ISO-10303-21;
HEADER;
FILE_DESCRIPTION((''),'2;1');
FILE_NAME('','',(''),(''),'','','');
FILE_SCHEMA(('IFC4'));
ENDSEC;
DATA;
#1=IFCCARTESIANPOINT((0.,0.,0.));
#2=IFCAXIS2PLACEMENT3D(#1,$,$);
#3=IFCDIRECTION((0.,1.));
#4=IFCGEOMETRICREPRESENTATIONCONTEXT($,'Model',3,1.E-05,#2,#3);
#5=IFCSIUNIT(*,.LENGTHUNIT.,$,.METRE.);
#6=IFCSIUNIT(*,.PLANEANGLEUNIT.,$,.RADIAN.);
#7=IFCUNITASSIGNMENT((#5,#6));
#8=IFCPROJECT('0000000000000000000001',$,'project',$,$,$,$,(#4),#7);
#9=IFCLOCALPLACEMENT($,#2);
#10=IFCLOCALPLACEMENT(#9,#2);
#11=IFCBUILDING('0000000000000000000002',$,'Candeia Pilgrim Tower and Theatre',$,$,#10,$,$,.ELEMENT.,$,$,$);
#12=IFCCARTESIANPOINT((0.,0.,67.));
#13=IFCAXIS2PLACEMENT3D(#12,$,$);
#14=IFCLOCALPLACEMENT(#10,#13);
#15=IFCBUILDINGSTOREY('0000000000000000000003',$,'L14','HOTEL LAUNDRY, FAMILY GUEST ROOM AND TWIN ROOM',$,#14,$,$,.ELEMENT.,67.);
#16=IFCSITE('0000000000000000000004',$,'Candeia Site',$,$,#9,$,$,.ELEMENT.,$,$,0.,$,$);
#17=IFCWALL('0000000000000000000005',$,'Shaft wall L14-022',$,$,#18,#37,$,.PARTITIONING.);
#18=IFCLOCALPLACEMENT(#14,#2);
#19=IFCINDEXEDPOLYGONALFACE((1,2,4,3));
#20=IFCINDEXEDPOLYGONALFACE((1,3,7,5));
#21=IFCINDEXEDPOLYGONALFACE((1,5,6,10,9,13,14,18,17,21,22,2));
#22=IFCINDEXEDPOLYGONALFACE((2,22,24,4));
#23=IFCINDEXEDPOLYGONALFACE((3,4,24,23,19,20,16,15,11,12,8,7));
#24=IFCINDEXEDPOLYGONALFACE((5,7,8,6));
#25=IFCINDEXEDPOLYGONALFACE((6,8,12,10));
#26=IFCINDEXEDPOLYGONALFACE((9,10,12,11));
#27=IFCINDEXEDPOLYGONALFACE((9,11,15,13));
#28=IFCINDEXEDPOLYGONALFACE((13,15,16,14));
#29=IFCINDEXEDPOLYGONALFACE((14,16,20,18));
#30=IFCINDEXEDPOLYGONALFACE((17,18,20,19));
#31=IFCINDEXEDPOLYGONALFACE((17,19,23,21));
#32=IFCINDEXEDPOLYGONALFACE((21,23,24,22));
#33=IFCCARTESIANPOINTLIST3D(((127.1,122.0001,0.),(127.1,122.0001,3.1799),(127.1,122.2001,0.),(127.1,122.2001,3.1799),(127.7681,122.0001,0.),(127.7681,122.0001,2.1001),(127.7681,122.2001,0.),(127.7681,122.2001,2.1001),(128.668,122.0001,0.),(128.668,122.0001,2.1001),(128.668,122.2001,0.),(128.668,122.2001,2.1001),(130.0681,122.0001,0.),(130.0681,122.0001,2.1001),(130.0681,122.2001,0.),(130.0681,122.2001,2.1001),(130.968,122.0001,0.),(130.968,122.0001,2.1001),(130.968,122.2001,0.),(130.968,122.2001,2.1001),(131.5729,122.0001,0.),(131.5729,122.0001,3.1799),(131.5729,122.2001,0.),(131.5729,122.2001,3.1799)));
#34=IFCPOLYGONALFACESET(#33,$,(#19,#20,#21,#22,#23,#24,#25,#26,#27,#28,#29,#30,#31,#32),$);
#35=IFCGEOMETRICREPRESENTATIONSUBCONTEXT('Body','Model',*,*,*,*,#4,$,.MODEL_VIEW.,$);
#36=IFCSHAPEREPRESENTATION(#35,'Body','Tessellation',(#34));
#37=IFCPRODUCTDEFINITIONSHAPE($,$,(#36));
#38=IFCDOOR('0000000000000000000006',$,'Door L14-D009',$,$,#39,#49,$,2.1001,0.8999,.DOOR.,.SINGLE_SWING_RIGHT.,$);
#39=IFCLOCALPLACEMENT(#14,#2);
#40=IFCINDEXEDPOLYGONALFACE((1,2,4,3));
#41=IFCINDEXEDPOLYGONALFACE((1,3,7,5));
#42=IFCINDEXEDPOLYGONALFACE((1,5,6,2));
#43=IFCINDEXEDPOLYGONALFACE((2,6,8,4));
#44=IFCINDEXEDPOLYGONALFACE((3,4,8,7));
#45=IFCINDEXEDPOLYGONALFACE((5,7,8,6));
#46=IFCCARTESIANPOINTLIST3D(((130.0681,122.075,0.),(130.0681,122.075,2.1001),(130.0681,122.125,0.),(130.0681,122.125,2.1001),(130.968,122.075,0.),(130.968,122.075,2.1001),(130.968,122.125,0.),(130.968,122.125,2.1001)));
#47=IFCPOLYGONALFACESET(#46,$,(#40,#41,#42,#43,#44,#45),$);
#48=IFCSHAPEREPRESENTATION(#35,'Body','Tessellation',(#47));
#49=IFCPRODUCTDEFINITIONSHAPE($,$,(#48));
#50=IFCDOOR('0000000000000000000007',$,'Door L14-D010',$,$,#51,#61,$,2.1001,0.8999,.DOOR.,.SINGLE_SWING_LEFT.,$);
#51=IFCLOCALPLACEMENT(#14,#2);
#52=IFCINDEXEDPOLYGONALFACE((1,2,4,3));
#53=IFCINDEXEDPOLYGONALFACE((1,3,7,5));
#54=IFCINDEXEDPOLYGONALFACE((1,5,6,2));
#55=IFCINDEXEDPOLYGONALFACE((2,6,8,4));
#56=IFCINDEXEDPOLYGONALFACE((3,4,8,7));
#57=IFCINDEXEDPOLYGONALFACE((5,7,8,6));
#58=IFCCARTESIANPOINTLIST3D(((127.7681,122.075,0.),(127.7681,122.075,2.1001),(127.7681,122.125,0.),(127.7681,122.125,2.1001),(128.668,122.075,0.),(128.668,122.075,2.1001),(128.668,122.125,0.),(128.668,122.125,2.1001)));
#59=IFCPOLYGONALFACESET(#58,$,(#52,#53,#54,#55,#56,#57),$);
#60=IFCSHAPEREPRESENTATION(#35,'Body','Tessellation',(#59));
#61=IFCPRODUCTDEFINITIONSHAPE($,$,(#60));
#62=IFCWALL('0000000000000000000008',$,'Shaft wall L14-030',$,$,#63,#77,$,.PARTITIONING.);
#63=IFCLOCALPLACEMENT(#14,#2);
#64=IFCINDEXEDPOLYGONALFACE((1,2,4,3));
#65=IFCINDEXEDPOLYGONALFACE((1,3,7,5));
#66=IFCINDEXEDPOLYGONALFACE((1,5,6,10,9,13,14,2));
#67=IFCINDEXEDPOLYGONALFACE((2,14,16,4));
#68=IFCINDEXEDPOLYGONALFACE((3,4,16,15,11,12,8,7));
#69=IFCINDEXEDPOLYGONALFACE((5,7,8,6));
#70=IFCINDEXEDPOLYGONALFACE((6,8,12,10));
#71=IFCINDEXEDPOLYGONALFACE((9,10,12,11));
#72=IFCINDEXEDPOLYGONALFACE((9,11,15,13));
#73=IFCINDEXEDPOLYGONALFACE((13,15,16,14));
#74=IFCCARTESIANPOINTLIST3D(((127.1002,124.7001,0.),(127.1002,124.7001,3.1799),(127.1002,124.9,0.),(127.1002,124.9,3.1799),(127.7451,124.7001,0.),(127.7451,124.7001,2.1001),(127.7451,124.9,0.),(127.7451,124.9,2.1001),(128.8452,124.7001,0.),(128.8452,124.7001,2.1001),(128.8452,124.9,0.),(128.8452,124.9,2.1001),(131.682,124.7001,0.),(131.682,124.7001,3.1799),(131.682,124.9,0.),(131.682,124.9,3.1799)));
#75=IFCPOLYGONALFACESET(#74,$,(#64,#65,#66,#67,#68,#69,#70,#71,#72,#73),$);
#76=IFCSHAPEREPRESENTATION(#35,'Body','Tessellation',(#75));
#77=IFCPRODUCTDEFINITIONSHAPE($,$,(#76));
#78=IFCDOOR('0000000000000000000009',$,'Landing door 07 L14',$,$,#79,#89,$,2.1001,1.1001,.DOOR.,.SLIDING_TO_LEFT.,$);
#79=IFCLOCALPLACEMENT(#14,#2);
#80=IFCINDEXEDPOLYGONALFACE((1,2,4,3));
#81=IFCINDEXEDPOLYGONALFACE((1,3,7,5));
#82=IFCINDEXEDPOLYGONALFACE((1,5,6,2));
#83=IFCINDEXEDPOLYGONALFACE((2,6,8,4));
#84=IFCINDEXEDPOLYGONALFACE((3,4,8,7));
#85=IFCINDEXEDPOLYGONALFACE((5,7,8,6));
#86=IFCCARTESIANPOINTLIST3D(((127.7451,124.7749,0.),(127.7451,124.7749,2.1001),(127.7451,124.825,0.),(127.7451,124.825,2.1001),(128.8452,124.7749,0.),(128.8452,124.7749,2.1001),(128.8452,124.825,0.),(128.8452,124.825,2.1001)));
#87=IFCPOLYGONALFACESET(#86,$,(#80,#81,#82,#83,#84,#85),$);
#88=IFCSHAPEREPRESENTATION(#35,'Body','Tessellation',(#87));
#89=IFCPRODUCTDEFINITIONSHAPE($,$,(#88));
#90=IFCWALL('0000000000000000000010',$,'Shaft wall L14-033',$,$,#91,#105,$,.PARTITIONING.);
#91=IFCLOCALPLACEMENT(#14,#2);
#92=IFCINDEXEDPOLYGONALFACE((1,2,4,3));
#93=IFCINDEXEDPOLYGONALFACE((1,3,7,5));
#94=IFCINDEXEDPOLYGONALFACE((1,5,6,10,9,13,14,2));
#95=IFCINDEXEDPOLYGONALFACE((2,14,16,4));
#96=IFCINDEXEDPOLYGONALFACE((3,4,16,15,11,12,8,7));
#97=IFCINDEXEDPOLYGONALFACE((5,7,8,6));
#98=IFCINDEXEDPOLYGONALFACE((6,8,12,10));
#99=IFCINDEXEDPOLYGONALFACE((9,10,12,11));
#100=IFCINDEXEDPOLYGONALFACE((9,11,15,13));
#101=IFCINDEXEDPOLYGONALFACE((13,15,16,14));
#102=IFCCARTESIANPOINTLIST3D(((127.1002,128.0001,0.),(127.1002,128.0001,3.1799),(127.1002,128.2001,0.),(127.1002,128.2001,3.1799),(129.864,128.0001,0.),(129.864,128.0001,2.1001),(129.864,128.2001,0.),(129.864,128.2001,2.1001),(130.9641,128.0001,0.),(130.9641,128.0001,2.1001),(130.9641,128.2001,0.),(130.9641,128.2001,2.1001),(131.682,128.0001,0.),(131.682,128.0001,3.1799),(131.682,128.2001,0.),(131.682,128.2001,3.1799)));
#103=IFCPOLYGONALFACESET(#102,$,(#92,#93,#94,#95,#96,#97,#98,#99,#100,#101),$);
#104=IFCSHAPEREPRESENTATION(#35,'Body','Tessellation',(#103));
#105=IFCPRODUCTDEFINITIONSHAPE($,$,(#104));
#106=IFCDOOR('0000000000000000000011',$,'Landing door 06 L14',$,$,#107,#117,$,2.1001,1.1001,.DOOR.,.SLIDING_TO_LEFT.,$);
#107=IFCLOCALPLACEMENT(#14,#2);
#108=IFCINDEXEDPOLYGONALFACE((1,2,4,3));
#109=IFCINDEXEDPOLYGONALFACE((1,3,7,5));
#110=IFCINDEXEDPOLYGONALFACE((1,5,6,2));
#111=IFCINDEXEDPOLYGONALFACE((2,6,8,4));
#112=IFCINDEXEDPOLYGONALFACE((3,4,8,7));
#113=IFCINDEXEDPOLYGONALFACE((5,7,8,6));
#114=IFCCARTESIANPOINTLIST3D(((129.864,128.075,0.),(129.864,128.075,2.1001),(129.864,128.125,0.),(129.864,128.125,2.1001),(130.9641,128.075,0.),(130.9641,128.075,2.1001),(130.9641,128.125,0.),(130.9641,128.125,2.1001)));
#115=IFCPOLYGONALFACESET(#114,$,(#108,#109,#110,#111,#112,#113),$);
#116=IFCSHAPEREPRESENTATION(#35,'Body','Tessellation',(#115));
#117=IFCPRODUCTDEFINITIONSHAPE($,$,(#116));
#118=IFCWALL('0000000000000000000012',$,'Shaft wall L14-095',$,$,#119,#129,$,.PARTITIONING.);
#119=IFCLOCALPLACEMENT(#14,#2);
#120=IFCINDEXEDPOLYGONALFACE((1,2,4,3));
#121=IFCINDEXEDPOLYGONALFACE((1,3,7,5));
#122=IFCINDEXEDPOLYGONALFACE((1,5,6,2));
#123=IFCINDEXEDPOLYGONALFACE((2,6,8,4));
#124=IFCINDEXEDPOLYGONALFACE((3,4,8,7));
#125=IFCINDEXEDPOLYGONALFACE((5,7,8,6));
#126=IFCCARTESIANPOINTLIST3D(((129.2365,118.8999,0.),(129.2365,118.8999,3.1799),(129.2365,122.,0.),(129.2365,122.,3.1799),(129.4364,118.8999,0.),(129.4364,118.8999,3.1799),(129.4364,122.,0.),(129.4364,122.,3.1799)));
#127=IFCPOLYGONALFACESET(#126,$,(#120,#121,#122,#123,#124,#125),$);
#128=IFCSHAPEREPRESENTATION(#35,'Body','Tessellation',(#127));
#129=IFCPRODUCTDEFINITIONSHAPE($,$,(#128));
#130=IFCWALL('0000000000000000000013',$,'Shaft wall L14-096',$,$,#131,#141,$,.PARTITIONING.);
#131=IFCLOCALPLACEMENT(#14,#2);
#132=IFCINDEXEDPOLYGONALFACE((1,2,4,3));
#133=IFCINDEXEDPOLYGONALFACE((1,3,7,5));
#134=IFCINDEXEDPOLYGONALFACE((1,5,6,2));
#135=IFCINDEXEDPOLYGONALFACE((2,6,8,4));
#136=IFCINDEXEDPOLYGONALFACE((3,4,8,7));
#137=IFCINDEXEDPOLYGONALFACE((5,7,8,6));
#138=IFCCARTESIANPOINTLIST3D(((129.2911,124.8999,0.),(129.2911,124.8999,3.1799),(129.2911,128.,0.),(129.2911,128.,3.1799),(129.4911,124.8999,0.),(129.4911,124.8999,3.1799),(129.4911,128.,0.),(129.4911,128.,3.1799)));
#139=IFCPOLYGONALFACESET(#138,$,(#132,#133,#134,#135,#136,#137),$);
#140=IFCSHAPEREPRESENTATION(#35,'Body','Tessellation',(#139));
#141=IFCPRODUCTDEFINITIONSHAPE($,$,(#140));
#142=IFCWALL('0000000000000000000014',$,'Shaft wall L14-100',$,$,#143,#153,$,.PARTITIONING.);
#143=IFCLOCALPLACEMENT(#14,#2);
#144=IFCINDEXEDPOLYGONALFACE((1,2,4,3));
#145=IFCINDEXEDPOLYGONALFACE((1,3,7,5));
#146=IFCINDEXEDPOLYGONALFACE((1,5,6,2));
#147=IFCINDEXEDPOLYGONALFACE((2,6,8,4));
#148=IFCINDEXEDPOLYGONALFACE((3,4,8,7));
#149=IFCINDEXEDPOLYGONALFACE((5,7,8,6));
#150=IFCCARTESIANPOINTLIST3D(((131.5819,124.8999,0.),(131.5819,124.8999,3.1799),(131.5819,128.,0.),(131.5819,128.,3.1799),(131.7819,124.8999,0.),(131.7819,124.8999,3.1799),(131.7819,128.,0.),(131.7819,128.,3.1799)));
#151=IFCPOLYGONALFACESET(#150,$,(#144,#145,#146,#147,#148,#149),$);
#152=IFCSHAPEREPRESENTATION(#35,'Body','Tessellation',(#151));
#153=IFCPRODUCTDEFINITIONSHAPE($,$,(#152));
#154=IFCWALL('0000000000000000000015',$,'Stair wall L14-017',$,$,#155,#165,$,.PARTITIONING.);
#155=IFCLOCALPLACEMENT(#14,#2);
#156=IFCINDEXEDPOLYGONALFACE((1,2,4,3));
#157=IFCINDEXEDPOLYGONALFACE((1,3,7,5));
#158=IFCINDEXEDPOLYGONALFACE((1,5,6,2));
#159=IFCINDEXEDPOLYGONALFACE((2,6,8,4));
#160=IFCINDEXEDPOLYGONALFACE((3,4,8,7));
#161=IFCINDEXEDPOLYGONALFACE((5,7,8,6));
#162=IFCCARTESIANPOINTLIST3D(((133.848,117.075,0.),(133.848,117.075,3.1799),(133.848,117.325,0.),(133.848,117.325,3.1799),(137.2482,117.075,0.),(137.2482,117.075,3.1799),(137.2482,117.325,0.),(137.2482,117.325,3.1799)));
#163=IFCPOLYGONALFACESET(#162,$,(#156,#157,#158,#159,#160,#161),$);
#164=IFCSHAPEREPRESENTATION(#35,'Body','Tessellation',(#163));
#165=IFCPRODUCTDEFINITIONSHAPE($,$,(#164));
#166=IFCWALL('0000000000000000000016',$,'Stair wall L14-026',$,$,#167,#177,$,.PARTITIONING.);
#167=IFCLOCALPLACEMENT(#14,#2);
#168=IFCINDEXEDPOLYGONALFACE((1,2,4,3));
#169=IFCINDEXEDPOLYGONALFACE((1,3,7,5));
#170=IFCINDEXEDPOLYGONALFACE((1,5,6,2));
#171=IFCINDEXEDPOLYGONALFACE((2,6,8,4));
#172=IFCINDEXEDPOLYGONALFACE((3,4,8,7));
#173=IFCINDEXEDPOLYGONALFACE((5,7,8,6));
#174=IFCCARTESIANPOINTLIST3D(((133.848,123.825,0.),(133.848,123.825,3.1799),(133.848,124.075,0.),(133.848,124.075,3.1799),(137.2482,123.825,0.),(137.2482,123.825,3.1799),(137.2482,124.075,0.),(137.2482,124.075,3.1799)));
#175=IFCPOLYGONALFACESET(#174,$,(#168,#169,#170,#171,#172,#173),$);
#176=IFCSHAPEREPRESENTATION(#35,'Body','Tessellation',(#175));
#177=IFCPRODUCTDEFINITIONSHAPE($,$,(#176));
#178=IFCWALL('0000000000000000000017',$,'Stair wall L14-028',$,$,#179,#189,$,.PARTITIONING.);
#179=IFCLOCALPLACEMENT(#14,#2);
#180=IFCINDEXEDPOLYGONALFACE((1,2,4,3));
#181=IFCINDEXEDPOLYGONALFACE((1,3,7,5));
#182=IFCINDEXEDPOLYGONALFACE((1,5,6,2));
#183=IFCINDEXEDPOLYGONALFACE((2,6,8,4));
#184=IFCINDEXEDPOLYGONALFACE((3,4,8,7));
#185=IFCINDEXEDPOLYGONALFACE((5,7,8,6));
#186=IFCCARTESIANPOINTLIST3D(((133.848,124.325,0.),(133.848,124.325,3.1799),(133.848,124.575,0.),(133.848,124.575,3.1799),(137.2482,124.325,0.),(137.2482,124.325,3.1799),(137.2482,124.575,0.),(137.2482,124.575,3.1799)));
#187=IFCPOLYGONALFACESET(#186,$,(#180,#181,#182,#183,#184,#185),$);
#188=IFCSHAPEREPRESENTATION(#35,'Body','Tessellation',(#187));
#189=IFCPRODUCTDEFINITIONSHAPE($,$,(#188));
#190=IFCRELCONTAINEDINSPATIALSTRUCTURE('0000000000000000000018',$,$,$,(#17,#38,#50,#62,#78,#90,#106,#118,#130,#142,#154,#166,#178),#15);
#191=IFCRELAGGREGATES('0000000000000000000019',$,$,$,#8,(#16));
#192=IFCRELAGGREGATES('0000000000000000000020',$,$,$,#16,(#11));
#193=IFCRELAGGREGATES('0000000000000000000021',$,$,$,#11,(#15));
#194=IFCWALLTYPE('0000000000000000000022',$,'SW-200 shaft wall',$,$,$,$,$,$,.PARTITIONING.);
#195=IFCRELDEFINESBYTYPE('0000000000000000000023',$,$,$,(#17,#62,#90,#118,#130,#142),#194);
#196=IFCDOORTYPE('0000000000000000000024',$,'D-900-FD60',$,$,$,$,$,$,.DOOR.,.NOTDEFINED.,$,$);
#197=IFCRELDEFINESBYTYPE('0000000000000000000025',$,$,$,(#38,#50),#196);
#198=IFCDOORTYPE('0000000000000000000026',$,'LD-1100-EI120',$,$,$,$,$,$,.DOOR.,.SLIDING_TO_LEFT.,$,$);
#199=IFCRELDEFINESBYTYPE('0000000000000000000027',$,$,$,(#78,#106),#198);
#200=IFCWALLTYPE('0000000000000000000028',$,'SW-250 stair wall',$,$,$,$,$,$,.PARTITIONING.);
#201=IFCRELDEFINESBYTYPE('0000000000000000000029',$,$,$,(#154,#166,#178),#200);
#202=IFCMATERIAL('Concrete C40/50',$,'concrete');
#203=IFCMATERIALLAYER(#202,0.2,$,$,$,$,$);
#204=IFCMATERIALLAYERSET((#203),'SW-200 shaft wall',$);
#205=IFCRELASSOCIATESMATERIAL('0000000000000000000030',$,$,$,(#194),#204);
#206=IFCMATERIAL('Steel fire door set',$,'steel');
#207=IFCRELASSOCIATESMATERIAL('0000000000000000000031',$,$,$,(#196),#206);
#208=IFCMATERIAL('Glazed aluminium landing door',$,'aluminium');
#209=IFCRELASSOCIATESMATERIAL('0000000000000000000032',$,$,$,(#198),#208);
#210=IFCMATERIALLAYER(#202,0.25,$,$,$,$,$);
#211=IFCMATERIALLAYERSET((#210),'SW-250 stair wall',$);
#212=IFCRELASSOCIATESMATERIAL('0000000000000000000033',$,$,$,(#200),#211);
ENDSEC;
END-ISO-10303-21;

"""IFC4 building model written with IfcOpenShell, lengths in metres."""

from ifc_helpers import new_model, si_unit, direction, frame, frame_2d, origin, place, context, subcontext, project, spatial, rectangle, extrude, material, layer, layer_set, type_object, element, fill, save


model = new_model("IFC4")

# Units and contexts
model_context = context("Model", 3, precision=1e-05, world=origin(), true_north=direction((0.0, 1.0)))
body_context = subcontext(model_context, "Body", "Model", "MODEL_VIEW")
ifc_project = project(units=[si_unit("LENGTHUNIT", "METRE"), si_unit("PLANEANGLEUNIT", "RADIAN")], contexts=[model_context])

# Site, building, storey
site_placement = place(None, origin())
site = spatial("IfcSite", under=ifc_project, at=site_placement, Name="Candeia Site", CompositionType="ELEMENT", RefElevation=0.0)
building_placement = place(site_placement, origin())
building = spatial("IfcBuilding", under=site, at=building_placement, Name="Candeia Pilgrim Tower and Theatre", CompositionType="ELEMENT")
storey_placement = place(building_placement, frame((0.0, 0.0, 67.0)))
storey = spatial("IfcBuildingStorey", under=building, at=storey_placement, Name="L14", Description="HOTEL LAUNDRY, FAMILY GUEST ROOM AND TWIN ROOM", CompositionType="ELEMENT", Elevation=67.0)

# Shared definitions
ifc_material_1 = material(Name="Steel fire door set", Category="steel")

# Shared definitions
ifc_material_2 = material(Name="Concrete C40/50", Category="concrete")
ifc_layer_1 = layer(ifc_material_2, 0.2)
ifc_layer_set_1 = layer_set([ifc_layer_1], Name="SW-200 shaft wall")
wall_type_1 = type_object("IfcWallType", Name="SW-200 shaft wall", PredefinedType="PARTITIONING", material=ifc_layer_set_1)

# Wall, openings, doors
wall_1_placement = place(storey_placement, frame((127.1001, 122.1001, 0.0), z_axis=(0.0, 0.0, 1.0), x_axis=(1.0, 0.0, 0.0)))
wall_1 = element("IfcWall", 1, at=wall_1_placement, inside=storey, type_object=wall_type_1, Name="Shaft wall L14-022", PredefinedType="PARTITIONING", context=body_context, shape_type="SweptSolid", body=[
    extrude(rectangle(XDim=4.4729, YDim=0.2, at=frame_2d((2.2363, 0.0))), origin(), (0.0, 0.0, 1.0), 3.1799),
])
opening_1_placement = place(wall_1_placement, frame((2.968, 0.0, 0.0)))
opening_1 = element("IfcOpeningElement", 2, at=opening_1_placement, cuts=wall_1, PredefinedType="OPENING", context=body_context, shape_type="SweptSolid", body=[
    extrude(rectangle(XDim=0.8999, YDim=2.1001, at=frame_2d((0.45, 1.05))), frame((0.0, 0.1099, 0.0), z_axis=(0.0, -1.0, 0.0), x_axis=(1.0, 0.0, 0.0)), (0.0, 0.0, 1.0), 0.22),
])
opening_2_placement = place(wall_1_placement, frame((0.668, 0.0, 0.0)))
opening_2 = element("IfcOpeningElement", 3, at=opening_2_placement, cuts=wall_1, PredefinedType="OPENING", context=body_context, shape_type="SweptSolid", body=[
    extrude(rectangle(XDim=0.8999, YDim=2.1001, at=frame_2d((0.45, 1.05))), frame((0.0, 0.1099, 0.0), z_axis=(0.0, -1.0, 0.0), x_axis=(1.0, 0.0, 0.0)), (0.0, 0.0, 1.0), 0.22),
])
door_type_1 = type_object("IfcDoorType", Name="D-900-FD60", OperationType="NOTDEFINED", PredefinedType="DOOR", material=ifc_material_1)
door_1_placement = place(opening_1_placement, origin())
door_1 = element("IfcDoor", 4, at=door_1_placement, inside=storey, type_object=door_type_1, Name="Door L14-D009", OperationType="SINGLE_SWING_RIGHT", OverallHeight=2.1001, OverallWidth=0.8999, PredefinedType="DOOR", context=body_context, shape_type="SweptSolid", body=[
    extrude(rectangle(XDim=0.8999, YDim=2.1001, at=frame_2d((0.45, 1.05))), frame((0.0, 0.0249, 0.0), z_axis=(0.0, -1.0, 0.0), x_axis=(1.0, 0.0, 0.0)), (0.0, 0.0, 1.0), 0.05),
])
fill(opening_1, door_1)
door_2_placement = place(opening_2_placement, origin())
door_2 = element("IfcDoor", 5, at=door_2_placement, inside=storey, type_object=door_type_1, Name="Door L14-D010", OperationType="SINGLE_SWING_LEFT", OverallHeight=2.1001, OverallWidth=0.8999, PredefinedType="DOOR", context=body_context, shape_type="SweptSolid", body=[
    extrude(rectangle(XDim=0.8999, YDim=2.1001, at=frame_2d((0.45, 1.05))), frame((0.0, 0.0249, 0.0), z_axis=(0.0, -1.0, 0.0), x_axis=(1.0, 0.0, 0.0)), (0.0, 0.0, 1.0), 0.05),
])
fill(opening_2, door_2)

# Walls, openings, doors
wall_2_placement = place(storey_placement, frame((127.1001, 124.8, 0.0), z_axis=(0.0, 0.0, 1.0), x_axis=(1.0, 0.0, 0.0)))
wall_2 = element("IfcWall", 6, at=wall_2_placement, inside=storey, type_object=wall_type_1, Name="Shaft wall L14-030", PredefinedType="PARTITIONING", context=body_context, shape_type="SweptSolid", body=[
    extrude(rectangle(XDim=4.5818, YDim=0.2, at=frame_2d((2.291, 0.0))), origin(), (0.0, 0.0, 1.0), 3.1799),
])
opening_3_placement = place(wall_2_placement, frame((0.645, 0.0, 0.0)))
opening_3 = element("IfcOpeningElement", 7, at=opening_3_placement, cuts=wall_2, PredefinedType="OPENING", context=body_context, shape_type="SweptSolid", body=[
    extrude(rectangle(XDim=1.1001, YDim=2.1001, at=frame_2d((0.55, 1.05))), frame((0.0, 0.1099, 0.0), z_axis=(0.0, -1.0, 0.0), x_axis=(1.0, 0.0, 0.0)), (0.0, 0.0, 1.0), 0.22),
])
ifc_material_3 = material(Name="Glazed aluminium landing door", Category="aluminium")
door_type_2 = type_object("IfcDoorType", Name="LD-1100-EI120", OperationType="SLIDING_TO_LEFT", PredefinedType="DOOR", material=ifc_material_3)
door_3_placement = place(opening_3_placement, origin())
door_3 = element("IfcDoor", 8, at=door_3_placement, inside=storey, type_object=door_type_2, Name="Landing door 07 L14", OperationType="SLIDING_TO_LEFT", OverallHeight=2.1001, OverallWidth=1.1001, PredefinedType="DOOR", context=body_context, shape_type="SweptSolid", body=[
    extrude(rectangle(XDim=1.1001, YDim=2.1001, at=frame_2d((0.55, 1.05))), frame((0.0, 0.0249, 0.0), z_axis=(0.0, -1.0, 0.0), x_axis=(1.0, 0.0, 0.0)), (0.0, 0.0, 1.0), 0.05),
])
fill(opening_3, door_3)
wall_3_placement = place(storey_placement, frame((127.1001, 128.1001, 0.0), z_axis=(0.0, 0.0, 1.0), x_axis=(1.0, 0.0, 0.0)))
wall_3 = element("IfcWall", 9, at=wall_3_placement, inside=storey, type_object=wall_type_1, Name="Shaft wall L14-033", PredefinedType="PARTITIONING", context=body_context, shape_type="SweptSolid", body=[
    extrude(rectangle(XDim=4.5818, YDim=0.2, at=frame_2d((2.291, 0.0))), origin(), (0.0, 0.0, 1.0), 3.1799),
])
opening_4_placement = place(wall_3_placement, frame((2.7639, 0.0, 0.0)))
opening_4 = element("IfcOpeningElement", 10, at=opening_4_placement, cuts=wall_3, PredefinedType="OPENING", context=body_context, shape_type="SweptSolid", body=[
    extrude(rectangle(XDim=1.1001, YDim=2.1001, at=frame_2d((0.55, 1.05))), frame((0.0, 0.1099, 0.0), z_axis=(0.0, -1.0, 0.0), x_axis=(1.0, 0.0, 0.0)), (0.0, 0.0, 1.0), 0.22),
])
door_4_placement = place(opening_4_placement, origin())
door_4 = element("IfcDoor", 11, at=door_4_placement, inside=storey, type_object=door_type_2, Name="Landing door 06 L14", OperationType="SLIDING_TO_LEFT", OverallHeight=2.1001, OverallWidth=1.1001, PredefinedType="DOOR", context=body_context, shape_type="SweptSolid", body=[
    extrude(rectangle(XDim=1.1001, YDim=2.1001, at=frame_2d((0.55, 1.05))), frame((0.0, 0.0249, 0.0), z_axis=(0.0, -1.0, 0.0), x_axis=(1.0, 0.0, 0.0)), (0.0, 0.0, 1.0), 0.05),
])
fill(opening_4, door_4)

# Walls
for number, where, z_axis, x_axis, name in (
    (12, (129.3364, 118.8999, 0.0), (0.0, 0.0, 1.0), (0.0, 1.0, 0.0), "Shaft wall L14-095"),
    (13, (129.3911, 124.8999, 0.0), (0.0, 0.0, 1.0), (0.0, 1.0, 0.0), "Shaft wall L14-096"),
    (14, (131.6819, 124.8999, 0.0), (0.0, 0.0, 1.0), (0.0, 1.0, 0.0), "Shaft wall L14-100"),
):
    element("IfcWall", number, at=place(storey_placement, frame(where, z_axis=z_axis, x_axis=x_axis)), inside=storey, type_object=wall_type_1, Name=name, PredefinedType="PARTITIONING", context=body_context, shape_type="SweptSolid", body=[
        extrude(rectangle(XDim=3.1001, YDim=0.2, at=frame_2d((1.55, 0.0))), origin(), (0.0, 0.0, 1.0), 3.1799),
    ])
ifc_layer_2 = layer(ifc_material_2, 0.25)
ifc_layer_set_2 = layer_set([ifc_layer_2], Name="SW-250 stair wall")
wall_type_2 = type_object("IfcWallType", Name="SW-250 stair wall", PredefinedType="PARTITIONING", material=ifc_layer_set_2)
for number, where, z_axis, x_axis, name in (
    (15, (133.8479, 117.2, 0.0), (0.0, 0.0, 1.0), (1.0, 0.0, 0.0), "Stair wall L14-017"),
    (16, (133.8479, 123.95, 0.0), (0.0, 0.0, 1.0), (1.0, 0.0, 0.0), "Stair wall L14-026"),
    (17, (133.8479, 124.45, 0.0), (0.0, 0.0, 1.0), (1.0, 0.0, 0.0), "Stair wall L14-028"),
):
    element("IfcWall", number, at=place(storey_placement, frame(where, z_axis=z_axis, x_axis=x_axis)), inside=storey, type_object=wall_type_2, Name=name, PredefinedType="PARTITIONING", context=body_context, shape_type="SweptSolid", body=[
        extrude(rectangle(XDim=3.4001, YDim=0.25, at=frame_2d((1.7002, 0.0))), origin(), (0.0, 0.0, 1.0), 3.1799),
    ])

save(model, "model.ifc")
